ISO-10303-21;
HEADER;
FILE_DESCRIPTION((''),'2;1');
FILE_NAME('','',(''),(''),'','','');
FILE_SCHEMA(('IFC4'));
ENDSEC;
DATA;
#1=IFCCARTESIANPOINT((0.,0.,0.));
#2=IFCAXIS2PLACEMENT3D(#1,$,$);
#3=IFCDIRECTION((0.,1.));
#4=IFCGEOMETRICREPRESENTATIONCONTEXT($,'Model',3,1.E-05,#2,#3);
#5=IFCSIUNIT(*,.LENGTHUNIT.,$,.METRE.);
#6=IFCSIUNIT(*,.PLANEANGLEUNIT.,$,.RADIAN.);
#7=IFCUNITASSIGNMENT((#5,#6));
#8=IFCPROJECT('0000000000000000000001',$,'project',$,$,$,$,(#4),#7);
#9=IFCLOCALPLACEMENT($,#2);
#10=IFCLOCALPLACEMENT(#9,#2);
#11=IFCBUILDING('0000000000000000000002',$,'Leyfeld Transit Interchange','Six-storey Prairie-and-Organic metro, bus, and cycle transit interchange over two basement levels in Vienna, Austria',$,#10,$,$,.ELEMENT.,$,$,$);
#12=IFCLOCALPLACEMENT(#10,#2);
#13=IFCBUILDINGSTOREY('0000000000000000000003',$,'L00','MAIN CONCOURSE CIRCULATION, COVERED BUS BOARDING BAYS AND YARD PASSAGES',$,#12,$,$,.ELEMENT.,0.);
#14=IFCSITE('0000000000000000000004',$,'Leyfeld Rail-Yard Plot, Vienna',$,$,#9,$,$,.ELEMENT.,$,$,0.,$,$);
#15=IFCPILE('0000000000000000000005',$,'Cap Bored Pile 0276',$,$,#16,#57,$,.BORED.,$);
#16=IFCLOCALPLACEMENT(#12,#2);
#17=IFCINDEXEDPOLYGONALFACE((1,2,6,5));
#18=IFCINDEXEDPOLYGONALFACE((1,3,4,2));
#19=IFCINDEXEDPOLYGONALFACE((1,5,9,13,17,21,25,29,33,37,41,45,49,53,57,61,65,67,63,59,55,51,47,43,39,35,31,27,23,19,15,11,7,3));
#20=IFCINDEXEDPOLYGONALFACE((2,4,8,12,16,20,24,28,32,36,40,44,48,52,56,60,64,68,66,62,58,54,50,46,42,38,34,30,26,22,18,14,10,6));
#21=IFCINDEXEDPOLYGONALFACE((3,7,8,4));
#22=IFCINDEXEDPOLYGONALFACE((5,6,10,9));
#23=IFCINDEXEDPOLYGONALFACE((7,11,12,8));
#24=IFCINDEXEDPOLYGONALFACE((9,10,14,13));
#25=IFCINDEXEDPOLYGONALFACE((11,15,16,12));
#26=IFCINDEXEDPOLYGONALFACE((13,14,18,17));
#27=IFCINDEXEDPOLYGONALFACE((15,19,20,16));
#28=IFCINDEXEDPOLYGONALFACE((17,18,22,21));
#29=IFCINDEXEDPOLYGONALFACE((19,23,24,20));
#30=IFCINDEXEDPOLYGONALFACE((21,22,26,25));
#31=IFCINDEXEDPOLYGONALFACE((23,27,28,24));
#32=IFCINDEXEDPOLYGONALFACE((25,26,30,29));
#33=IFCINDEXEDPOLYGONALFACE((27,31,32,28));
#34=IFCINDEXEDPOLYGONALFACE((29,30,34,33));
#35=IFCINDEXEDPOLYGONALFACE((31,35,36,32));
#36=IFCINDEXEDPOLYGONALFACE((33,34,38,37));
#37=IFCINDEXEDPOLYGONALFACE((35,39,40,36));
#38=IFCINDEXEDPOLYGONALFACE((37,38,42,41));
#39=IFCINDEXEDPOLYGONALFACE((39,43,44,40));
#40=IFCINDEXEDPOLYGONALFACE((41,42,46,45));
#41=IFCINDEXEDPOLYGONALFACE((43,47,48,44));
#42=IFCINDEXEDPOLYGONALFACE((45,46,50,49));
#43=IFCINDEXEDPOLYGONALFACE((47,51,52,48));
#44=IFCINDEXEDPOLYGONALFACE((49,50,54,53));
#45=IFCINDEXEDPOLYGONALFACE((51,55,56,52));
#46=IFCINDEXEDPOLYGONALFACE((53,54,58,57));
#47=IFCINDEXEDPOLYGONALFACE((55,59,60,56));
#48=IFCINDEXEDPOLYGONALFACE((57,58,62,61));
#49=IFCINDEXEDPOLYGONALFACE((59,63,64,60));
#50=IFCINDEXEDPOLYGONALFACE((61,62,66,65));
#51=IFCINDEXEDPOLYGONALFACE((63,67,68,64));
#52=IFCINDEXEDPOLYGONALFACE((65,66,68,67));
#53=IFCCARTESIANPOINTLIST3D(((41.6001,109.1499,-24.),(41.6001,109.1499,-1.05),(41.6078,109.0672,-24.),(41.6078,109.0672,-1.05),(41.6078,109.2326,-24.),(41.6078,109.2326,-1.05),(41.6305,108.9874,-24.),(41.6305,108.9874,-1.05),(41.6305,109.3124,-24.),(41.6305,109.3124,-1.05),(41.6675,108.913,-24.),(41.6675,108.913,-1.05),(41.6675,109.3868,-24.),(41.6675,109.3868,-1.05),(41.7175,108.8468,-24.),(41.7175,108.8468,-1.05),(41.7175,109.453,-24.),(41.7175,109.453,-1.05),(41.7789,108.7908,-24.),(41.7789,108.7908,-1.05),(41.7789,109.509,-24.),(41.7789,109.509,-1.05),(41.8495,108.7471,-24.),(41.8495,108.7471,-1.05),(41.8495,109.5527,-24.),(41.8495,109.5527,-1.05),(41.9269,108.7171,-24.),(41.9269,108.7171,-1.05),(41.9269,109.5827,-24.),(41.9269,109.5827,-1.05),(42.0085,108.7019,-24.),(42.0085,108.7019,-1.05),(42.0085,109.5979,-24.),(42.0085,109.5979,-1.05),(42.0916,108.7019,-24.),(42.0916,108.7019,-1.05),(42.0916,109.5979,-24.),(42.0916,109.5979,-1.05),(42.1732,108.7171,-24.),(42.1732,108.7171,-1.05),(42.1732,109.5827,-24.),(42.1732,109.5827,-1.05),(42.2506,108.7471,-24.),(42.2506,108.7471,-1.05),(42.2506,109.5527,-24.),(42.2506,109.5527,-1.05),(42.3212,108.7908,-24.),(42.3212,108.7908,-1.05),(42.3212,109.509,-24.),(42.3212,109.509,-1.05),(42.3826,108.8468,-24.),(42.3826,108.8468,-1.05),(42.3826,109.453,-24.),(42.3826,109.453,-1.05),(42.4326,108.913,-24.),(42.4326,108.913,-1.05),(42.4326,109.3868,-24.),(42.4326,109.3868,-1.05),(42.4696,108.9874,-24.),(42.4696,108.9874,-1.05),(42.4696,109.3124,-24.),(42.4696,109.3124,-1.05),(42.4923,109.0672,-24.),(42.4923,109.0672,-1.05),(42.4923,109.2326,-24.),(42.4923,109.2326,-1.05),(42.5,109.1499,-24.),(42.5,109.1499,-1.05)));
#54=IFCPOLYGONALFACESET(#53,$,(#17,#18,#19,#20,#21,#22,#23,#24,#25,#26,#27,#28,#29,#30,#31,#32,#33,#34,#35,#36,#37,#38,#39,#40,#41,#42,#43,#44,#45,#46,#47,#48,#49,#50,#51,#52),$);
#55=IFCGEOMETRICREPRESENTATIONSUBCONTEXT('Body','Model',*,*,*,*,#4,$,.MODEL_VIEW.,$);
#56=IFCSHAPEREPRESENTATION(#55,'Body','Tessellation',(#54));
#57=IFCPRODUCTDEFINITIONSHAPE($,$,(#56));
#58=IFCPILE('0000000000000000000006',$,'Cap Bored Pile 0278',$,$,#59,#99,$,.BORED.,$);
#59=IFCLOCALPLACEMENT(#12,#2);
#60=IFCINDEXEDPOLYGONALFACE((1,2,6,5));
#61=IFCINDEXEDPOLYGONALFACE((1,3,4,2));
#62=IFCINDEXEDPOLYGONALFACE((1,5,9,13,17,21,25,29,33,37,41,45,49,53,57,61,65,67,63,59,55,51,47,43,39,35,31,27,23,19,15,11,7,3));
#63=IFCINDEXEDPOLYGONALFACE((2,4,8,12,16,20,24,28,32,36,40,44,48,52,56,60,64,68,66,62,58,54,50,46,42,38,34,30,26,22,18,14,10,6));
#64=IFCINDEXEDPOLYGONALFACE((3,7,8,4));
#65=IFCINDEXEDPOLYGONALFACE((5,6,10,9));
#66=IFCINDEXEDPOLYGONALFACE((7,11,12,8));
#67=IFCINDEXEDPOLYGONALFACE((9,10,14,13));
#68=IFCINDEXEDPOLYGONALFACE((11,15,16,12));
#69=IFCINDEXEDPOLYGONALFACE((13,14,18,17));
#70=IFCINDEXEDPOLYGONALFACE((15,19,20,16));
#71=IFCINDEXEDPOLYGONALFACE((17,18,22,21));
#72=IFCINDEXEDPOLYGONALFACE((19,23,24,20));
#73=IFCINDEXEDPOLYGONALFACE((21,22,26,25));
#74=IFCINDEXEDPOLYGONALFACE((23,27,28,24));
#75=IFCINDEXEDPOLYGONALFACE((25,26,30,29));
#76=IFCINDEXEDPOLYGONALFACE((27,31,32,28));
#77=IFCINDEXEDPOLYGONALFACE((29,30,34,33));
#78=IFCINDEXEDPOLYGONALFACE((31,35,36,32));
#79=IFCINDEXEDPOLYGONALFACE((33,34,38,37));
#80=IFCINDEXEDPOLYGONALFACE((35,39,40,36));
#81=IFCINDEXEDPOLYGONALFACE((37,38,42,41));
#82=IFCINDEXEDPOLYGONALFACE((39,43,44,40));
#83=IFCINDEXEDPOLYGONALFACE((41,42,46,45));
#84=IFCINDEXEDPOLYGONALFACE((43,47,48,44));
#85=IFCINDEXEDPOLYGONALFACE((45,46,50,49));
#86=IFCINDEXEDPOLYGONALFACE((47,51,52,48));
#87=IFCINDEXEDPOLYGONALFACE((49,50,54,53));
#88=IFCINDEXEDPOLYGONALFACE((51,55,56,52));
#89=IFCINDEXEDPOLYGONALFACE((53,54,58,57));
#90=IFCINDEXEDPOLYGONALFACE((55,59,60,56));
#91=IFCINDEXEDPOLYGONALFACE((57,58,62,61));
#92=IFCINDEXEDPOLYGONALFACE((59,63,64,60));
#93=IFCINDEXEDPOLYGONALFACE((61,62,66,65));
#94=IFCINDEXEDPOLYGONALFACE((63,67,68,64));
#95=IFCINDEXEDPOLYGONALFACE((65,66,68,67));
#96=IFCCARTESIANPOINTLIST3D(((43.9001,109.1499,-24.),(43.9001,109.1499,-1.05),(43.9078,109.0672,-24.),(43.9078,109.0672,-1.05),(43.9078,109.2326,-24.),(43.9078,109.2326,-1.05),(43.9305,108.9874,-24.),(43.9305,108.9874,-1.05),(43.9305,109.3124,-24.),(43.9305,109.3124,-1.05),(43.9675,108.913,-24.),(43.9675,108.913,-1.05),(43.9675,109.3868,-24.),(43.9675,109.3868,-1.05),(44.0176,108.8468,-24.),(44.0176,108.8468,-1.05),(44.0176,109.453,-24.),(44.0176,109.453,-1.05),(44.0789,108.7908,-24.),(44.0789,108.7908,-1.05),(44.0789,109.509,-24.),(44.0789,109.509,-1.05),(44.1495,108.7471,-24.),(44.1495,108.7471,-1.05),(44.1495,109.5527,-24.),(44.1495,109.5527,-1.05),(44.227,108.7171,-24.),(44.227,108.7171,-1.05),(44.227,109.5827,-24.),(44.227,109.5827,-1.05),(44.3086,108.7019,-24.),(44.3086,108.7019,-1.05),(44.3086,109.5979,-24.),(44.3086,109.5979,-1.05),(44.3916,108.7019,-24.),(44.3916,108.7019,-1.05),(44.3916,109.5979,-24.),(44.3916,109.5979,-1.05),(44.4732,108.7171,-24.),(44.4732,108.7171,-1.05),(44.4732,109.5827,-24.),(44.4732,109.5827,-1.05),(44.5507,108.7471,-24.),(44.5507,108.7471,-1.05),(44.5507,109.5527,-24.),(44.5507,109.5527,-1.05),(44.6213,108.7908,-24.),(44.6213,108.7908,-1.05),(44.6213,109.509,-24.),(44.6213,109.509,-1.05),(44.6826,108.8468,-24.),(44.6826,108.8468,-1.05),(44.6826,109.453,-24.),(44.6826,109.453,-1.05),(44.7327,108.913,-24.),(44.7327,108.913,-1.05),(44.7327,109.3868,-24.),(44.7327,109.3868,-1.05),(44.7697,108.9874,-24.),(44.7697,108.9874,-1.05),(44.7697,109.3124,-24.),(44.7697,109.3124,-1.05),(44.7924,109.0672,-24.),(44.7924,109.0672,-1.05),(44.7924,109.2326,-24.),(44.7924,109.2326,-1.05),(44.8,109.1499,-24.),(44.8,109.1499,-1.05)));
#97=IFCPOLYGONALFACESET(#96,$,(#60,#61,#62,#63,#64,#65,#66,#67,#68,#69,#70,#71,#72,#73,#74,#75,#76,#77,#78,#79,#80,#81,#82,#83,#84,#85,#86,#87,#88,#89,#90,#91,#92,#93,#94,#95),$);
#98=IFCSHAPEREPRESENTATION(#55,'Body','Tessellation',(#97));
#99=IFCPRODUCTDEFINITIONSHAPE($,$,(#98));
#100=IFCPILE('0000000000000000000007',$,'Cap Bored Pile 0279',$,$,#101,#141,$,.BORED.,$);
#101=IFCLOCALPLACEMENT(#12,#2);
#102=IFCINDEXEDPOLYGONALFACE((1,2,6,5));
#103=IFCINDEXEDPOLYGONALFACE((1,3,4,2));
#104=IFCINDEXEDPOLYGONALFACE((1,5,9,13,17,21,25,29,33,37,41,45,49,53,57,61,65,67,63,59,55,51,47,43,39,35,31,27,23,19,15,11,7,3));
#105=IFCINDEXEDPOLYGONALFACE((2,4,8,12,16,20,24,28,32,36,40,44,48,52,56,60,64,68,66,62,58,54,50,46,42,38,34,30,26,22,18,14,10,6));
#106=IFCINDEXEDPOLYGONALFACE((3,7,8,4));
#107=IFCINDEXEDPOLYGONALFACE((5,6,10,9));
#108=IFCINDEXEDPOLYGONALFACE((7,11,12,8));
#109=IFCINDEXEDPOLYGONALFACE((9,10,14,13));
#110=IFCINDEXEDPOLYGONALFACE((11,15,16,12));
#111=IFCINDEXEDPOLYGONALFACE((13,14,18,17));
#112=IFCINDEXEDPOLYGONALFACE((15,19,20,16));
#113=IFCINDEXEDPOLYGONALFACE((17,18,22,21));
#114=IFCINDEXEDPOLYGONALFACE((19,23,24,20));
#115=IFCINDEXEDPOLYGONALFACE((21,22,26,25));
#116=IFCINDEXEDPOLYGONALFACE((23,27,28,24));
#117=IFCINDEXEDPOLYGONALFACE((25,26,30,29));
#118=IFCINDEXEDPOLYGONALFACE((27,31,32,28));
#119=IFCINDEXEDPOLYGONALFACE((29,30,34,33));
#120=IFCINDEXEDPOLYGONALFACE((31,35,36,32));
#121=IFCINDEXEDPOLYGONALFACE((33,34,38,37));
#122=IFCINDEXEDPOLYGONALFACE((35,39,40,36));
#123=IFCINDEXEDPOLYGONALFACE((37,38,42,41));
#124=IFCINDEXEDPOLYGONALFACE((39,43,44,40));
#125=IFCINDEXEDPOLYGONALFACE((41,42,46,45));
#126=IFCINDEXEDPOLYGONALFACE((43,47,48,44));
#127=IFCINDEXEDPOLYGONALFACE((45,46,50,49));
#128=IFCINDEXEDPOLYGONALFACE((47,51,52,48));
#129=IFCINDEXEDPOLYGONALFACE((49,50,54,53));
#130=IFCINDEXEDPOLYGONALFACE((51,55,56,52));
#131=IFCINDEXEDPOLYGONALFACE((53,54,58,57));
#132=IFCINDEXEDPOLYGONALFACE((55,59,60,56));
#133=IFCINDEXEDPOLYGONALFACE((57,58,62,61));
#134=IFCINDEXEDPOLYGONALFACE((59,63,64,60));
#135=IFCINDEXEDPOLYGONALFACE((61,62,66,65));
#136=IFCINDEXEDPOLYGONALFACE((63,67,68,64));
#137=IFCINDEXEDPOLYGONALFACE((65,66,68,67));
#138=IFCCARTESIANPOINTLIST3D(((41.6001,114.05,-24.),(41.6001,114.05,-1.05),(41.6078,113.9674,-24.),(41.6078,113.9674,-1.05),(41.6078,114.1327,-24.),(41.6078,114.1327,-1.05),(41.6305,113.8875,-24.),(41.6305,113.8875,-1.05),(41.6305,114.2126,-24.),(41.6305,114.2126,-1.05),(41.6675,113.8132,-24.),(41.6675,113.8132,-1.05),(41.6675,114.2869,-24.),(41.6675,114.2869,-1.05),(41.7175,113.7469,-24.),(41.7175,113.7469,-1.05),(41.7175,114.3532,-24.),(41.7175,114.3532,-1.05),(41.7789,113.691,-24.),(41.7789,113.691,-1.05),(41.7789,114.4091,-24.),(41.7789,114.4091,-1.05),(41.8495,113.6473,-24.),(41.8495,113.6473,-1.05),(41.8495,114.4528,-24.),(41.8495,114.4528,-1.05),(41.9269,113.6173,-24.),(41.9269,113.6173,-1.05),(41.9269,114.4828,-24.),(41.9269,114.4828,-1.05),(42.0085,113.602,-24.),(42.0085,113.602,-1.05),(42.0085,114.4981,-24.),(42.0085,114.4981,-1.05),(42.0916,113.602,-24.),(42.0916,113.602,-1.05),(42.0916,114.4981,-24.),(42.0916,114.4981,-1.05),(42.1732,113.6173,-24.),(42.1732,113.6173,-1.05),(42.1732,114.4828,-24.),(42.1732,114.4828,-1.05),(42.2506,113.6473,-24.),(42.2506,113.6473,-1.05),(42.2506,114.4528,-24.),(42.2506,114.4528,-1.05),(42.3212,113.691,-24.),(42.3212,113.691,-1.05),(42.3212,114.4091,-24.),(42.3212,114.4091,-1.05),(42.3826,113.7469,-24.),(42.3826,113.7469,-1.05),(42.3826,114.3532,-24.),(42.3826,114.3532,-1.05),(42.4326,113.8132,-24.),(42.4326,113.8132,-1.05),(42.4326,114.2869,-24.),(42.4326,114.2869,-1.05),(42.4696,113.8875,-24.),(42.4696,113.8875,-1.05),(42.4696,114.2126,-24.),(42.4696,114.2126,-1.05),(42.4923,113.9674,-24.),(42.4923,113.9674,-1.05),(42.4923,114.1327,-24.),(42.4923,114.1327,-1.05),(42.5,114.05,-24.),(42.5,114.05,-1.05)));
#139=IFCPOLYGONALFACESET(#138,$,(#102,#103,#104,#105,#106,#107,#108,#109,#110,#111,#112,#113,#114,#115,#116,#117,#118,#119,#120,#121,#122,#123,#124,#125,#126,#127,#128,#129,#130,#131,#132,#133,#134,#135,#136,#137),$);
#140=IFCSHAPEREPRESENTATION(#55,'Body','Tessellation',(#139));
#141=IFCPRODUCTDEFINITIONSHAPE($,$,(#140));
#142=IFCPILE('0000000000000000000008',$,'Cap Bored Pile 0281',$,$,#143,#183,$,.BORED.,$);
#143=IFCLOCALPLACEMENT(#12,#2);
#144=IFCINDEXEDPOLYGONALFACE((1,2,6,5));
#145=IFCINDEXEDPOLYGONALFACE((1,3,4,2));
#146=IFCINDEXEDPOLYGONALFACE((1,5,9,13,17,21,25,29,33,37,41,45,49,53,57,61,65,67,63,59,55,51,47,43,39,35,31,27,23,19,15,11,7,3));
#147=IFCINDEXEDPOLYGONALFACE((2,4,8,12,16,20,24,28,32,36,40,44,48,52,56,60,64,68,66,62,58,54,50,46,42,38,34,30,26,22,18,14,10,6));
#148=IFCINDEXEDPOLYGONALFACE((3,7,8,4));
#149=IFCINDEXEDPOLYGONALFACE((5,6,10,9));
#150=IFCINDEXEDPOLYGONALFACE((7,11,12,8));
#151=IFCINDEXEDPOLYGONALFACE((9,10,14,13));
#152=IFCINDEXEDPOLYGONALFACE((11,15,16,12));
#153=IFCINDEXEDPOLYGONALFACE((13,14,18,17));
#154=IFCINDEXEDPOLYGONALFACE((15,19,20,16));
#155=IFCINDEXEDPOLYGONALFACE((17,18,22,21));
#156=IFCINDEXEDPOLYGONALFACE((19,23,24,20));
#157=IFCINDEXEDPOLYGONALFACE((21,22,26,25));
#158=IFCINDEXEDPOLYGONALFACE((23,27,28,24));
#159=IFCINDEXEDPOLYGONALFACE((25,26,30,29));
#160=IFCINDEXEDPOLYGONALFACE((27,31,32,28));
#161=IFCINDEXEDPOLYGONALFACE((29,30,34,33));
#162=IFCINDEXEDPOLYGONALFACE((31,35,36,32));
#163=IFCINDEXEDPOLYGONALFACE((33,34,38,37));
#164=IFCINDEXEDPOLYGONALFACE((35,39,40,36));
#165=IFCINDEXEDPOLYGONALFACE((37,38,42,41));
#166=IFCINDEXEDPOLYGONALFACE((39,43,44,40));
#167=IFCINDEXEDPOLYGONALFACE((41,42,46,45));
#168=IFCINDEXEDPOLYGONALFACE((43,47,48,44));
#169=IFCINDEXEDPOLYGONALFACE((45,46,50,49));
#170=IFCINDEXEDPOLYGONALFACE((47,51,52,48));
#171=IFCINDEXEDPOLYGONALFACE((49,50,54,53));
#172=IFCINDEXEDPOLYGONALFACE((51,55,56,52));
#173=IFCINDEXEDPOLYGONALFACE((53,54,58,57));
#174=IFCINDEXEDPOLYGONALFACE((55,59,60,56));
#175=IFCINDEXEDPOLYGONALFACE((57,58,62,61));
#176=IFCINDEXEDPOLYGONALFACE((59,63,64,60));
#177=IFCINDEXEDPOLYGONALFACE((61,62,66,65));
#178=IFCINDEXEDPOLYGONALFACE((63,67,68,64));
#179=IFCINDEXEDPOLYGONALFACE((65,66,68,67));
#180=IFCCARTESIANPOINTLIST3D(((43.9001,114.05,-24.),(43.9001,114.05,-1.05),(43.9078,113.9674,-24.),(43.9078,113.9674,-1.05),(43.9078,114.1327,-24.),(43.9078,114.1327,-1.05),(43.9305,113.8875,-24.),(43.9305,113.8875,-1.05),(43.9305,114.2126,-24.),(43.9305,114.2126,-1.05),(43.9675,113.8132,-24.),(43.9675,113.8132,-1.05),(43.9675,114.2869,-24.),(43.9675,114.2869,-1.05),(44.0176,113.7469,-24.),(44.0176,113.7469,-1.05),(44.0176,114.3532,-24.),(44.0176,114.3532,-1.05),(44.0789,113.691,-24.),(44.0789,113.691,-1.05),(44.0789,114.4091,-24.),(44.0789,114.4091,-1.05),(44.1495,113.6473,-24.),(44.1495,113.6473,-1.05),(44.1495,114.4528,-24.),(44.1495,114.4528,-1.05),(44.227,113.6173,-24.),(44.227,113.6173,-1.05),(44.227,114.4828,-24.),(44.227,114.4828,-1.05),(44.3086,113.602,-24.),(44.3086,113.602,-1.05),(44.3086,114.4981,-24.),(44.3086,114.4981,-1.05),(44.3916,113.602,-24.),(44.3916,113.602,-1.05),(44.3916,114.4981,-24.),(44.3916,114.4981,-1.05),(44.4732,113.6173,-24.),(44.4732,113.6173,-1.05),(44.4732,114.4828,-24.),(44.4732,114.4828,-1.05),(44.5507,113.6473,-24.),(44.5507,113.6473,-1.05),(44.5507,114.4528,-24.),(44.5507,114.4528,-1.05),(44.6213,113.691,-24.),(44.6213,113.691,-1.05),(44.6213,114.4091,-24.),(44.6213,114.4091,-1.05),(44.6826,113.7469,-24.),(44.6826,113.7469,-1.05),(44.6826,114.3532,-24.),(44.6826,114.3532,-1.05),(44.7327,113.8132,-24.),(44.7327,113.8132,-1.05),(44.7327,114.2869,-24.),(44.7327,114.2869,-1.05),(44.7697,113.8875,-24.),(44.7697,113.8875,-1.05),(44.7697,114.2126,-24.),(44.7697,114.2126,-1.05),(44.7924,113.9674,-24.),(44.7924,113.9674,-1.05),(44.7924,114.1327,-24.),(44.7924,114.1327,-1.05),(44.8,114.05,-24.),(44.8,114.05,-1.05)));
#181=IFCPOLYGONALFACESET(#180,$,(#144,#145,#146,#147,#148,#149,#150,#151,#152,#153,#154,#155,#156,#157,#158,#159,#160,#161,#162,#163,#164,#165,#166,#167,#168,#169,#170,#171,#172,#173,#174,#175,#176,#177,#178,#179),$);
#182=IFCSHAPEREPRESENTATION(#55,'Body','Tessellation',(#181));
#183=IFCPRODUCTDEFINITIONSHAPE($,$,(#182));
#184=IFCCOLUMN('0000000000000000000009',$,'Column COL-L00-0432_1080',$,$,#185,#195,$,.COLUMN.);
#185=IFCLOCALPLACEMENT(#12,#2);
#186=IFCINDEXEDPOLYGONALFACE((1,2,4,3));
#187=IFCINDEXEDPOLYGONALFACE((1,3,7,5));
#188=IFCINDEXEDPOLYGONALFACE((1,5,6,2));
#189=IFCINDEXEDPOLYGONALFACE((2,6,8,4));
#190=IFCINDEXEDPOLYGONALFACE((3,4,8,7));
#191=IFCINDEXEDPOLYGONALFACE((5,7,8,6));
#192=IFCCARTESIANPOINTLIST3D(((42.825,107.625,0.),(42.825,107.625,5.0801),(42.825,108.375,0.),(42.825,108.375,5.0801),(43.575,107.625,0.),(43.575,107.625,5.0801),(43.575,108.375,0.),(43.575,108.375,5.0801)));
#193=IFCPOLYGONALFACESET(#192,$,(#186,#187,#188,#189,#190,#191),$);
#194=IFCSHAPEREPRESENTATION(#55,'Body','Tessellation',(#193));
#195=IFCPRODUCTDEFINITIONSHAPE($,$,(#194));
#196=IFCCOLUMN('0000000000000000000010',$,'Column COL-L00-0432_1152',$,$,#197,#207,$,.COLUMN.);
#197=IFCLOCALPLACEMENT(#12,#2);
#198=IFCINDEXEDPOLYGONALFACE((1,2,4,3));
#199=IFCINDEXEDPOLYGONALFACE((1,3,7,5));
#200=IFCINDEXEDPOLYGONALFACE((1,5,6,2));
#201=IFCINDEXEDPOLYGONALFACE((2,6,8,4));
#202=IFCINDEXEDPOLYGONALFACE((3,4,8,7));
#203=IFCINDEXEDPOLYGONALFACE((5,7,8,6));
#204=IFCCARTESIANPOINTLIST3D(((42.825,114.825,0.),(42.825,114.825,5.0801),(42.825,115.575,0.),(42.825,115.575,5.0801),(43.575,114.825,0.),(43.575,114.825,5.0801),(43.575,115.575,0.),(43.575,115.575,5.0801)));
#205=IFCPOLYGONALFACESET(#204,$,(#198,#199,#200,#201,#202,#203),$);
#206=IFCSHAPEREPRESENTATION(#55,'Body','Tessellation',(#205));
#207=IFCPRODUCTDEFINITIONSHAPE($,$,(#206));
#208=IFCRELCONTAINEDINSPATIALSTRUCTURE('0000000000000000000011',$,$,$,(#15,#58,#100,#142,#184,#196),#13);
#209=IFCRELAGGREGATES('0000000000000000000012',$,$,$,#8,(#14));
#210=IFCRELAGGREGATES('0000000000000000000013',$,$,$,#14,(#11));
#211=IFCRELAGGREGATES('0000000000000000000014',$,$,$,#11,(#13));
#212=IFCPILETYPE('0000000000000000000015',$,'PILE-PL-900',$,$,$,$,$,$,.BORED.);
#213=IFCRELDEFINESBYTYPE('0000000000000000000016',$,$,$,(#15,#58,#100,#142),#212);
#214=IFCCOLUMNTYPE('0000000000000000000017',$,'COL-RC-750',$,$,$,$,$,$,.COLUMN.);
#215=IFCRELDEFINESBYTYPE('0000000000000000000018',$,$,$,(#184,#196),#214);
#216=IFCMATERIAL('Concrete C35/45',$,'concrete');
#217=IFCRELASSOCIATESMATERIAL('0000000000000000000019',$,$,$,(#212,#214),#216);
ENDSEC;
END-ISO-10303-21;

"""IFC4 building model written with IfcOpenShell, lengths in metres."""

from ifc_helpers import new_model, si_unit, direction, frame, origin, origin_2d, place, context, subcontext, project, spatial, rectangle, circle, extrude, material, material_profile, profile_set, type_object, element, save


model = new_model("IFC4")

# Units and contexts
model_context = context("Model", 3, precision=1e-05, world=origin(), true_north=direction((0.0, 1.0)))
body_context = subcontext(model_context, "Body", "Model", "MODEL_VIEW")
ifc_project = project(units=[si_unit("LENGTHUNIT", "METRE"), si_unit("PLANEANGLEUNIT", "RADIAN")], contexts=[model_context])

# Site, building, storey
site_placement = place(None, origin())
site = spatial("IfcSite", under=ifc_project, at=site_placement, Name="Leyfeld Rail-Yard Plot, Vienna", CompositionType="ELEMENT", RefElevation=0.0)
building_placement = place(site_placement, origin())
building = spatial("IfcBuilding", under=site, at=building_placement, Name="Leyfeld Transit Interchange", Description="Six-storey Prairie-and-Organic metro, bus, and cycle transit interchange over two basement levels in Vienna, Austria", CompositionType="ELEMENT")
storey_placement = place(building_placement, origin())
storey = spatial("IfcBuildingStorey", under=building, at=storey_placement, Name="L00", Description="MAIN CONCOURSE CIRCULATION, COVERED BUS BOARDING BAYS AND YARD PASSAGES", CompositionType="ELEMENT", Elevation=0.0)

# Shared definitions
ifc_material_1 = material(Name="Concrete C35/45", Category="concrete")

# Piles
ifc_material_profile_1 = material_profile(ifc_material_1, circle(Radius=0.45, at=origin_2d()), Name="PILE D900")
ifc_profile_set_1 = profile_set([ifc_material_profile_1], Name="Concrete C35/45")
pile_type = type_object("IfcPileType", Name="PILE-PL-900", PredefinedType="BORED", material=ifc_profile_set_1)
for number, where, z_axis, x_axis, name in (
    (1, (42.05, 109.1499, -1.05), (0.0, 0.0, -1.0), (1.0, 0.0, 0.0), "Cap Bored Pile 0276"),
    (2, (44.3501, 109.1499, -1.05), (0.0, 0.0, -1.0), (1.0, 0.0, 0.0), "Cap Bored Pile 0278"),
    (3, (42.05, 114.05, -1.05), (0.0, 0.0, -1.0), (1.0, 0.0, 0.0), "Cap Bored Pile 0279"),
    (4, (44.3501, 114.05, -1.05), (0.0, 0.0, -1.0), (1.0, 0.0, 0.0), "Cap Bored Pile 0281"),
):
    element("IfcPile", number, at=place(storey_placement, frame(where, z_axis=z_axis, x_axis=x_axis)), inside=storey, type_object=pile_type, Name=name, PredefinedType="BORED", context=body_context, shape_type="SweptSolid", body=[
        extrude(circle(Radius=0.45, at=origin_2d()), origin(), (0.0, 0.0, 1.0), 22.95),
    ])

# Columns
ifc_material_profile_2 = material_profile(ifc_material_1, rectangle(XDim=0.75, YDim=0.75, at=origin_2d()), Name="RC 750x750")
ifc_profile_set_2 = profile_set([ifc_material_profile_2], Name="Concrete C35/45")
column_type = type_object("IfcColumnType", Name="COL-RC-750", PredefinedType="COLUMN", material=ifc_profile_set_2)
for number, where, z_axis, x_axis, name in (
    (5, (43.2, 108.0, 0.0), (0.0, 0.0, 1.0), (1.0, 0.0, 0.0), "Column COL-L00-0432_1080"),
    (6, (43.2, 115.2, 0.0), (0.0, 0.0, 1.0), (1.0, 0.0, 0.0), "Column COL-L00-0432_1152"),
):
    element("IfcColumn", number, at=place(storey_placement, frame(where, z_axis=z_axis, x_axis=x_axis)), inside=storey, type_object=column_type, Name=name, PredefinedType="COLUMN", context=body_context, shape_type="SweptSolid", body=[
        extrude(rectangle(XDim=0.75, YDim=0.75, at=origin_2d()), origin(), (0.0, 0.0, 1.0), 5.0801),
    ])

save(model, "model.ifc")
